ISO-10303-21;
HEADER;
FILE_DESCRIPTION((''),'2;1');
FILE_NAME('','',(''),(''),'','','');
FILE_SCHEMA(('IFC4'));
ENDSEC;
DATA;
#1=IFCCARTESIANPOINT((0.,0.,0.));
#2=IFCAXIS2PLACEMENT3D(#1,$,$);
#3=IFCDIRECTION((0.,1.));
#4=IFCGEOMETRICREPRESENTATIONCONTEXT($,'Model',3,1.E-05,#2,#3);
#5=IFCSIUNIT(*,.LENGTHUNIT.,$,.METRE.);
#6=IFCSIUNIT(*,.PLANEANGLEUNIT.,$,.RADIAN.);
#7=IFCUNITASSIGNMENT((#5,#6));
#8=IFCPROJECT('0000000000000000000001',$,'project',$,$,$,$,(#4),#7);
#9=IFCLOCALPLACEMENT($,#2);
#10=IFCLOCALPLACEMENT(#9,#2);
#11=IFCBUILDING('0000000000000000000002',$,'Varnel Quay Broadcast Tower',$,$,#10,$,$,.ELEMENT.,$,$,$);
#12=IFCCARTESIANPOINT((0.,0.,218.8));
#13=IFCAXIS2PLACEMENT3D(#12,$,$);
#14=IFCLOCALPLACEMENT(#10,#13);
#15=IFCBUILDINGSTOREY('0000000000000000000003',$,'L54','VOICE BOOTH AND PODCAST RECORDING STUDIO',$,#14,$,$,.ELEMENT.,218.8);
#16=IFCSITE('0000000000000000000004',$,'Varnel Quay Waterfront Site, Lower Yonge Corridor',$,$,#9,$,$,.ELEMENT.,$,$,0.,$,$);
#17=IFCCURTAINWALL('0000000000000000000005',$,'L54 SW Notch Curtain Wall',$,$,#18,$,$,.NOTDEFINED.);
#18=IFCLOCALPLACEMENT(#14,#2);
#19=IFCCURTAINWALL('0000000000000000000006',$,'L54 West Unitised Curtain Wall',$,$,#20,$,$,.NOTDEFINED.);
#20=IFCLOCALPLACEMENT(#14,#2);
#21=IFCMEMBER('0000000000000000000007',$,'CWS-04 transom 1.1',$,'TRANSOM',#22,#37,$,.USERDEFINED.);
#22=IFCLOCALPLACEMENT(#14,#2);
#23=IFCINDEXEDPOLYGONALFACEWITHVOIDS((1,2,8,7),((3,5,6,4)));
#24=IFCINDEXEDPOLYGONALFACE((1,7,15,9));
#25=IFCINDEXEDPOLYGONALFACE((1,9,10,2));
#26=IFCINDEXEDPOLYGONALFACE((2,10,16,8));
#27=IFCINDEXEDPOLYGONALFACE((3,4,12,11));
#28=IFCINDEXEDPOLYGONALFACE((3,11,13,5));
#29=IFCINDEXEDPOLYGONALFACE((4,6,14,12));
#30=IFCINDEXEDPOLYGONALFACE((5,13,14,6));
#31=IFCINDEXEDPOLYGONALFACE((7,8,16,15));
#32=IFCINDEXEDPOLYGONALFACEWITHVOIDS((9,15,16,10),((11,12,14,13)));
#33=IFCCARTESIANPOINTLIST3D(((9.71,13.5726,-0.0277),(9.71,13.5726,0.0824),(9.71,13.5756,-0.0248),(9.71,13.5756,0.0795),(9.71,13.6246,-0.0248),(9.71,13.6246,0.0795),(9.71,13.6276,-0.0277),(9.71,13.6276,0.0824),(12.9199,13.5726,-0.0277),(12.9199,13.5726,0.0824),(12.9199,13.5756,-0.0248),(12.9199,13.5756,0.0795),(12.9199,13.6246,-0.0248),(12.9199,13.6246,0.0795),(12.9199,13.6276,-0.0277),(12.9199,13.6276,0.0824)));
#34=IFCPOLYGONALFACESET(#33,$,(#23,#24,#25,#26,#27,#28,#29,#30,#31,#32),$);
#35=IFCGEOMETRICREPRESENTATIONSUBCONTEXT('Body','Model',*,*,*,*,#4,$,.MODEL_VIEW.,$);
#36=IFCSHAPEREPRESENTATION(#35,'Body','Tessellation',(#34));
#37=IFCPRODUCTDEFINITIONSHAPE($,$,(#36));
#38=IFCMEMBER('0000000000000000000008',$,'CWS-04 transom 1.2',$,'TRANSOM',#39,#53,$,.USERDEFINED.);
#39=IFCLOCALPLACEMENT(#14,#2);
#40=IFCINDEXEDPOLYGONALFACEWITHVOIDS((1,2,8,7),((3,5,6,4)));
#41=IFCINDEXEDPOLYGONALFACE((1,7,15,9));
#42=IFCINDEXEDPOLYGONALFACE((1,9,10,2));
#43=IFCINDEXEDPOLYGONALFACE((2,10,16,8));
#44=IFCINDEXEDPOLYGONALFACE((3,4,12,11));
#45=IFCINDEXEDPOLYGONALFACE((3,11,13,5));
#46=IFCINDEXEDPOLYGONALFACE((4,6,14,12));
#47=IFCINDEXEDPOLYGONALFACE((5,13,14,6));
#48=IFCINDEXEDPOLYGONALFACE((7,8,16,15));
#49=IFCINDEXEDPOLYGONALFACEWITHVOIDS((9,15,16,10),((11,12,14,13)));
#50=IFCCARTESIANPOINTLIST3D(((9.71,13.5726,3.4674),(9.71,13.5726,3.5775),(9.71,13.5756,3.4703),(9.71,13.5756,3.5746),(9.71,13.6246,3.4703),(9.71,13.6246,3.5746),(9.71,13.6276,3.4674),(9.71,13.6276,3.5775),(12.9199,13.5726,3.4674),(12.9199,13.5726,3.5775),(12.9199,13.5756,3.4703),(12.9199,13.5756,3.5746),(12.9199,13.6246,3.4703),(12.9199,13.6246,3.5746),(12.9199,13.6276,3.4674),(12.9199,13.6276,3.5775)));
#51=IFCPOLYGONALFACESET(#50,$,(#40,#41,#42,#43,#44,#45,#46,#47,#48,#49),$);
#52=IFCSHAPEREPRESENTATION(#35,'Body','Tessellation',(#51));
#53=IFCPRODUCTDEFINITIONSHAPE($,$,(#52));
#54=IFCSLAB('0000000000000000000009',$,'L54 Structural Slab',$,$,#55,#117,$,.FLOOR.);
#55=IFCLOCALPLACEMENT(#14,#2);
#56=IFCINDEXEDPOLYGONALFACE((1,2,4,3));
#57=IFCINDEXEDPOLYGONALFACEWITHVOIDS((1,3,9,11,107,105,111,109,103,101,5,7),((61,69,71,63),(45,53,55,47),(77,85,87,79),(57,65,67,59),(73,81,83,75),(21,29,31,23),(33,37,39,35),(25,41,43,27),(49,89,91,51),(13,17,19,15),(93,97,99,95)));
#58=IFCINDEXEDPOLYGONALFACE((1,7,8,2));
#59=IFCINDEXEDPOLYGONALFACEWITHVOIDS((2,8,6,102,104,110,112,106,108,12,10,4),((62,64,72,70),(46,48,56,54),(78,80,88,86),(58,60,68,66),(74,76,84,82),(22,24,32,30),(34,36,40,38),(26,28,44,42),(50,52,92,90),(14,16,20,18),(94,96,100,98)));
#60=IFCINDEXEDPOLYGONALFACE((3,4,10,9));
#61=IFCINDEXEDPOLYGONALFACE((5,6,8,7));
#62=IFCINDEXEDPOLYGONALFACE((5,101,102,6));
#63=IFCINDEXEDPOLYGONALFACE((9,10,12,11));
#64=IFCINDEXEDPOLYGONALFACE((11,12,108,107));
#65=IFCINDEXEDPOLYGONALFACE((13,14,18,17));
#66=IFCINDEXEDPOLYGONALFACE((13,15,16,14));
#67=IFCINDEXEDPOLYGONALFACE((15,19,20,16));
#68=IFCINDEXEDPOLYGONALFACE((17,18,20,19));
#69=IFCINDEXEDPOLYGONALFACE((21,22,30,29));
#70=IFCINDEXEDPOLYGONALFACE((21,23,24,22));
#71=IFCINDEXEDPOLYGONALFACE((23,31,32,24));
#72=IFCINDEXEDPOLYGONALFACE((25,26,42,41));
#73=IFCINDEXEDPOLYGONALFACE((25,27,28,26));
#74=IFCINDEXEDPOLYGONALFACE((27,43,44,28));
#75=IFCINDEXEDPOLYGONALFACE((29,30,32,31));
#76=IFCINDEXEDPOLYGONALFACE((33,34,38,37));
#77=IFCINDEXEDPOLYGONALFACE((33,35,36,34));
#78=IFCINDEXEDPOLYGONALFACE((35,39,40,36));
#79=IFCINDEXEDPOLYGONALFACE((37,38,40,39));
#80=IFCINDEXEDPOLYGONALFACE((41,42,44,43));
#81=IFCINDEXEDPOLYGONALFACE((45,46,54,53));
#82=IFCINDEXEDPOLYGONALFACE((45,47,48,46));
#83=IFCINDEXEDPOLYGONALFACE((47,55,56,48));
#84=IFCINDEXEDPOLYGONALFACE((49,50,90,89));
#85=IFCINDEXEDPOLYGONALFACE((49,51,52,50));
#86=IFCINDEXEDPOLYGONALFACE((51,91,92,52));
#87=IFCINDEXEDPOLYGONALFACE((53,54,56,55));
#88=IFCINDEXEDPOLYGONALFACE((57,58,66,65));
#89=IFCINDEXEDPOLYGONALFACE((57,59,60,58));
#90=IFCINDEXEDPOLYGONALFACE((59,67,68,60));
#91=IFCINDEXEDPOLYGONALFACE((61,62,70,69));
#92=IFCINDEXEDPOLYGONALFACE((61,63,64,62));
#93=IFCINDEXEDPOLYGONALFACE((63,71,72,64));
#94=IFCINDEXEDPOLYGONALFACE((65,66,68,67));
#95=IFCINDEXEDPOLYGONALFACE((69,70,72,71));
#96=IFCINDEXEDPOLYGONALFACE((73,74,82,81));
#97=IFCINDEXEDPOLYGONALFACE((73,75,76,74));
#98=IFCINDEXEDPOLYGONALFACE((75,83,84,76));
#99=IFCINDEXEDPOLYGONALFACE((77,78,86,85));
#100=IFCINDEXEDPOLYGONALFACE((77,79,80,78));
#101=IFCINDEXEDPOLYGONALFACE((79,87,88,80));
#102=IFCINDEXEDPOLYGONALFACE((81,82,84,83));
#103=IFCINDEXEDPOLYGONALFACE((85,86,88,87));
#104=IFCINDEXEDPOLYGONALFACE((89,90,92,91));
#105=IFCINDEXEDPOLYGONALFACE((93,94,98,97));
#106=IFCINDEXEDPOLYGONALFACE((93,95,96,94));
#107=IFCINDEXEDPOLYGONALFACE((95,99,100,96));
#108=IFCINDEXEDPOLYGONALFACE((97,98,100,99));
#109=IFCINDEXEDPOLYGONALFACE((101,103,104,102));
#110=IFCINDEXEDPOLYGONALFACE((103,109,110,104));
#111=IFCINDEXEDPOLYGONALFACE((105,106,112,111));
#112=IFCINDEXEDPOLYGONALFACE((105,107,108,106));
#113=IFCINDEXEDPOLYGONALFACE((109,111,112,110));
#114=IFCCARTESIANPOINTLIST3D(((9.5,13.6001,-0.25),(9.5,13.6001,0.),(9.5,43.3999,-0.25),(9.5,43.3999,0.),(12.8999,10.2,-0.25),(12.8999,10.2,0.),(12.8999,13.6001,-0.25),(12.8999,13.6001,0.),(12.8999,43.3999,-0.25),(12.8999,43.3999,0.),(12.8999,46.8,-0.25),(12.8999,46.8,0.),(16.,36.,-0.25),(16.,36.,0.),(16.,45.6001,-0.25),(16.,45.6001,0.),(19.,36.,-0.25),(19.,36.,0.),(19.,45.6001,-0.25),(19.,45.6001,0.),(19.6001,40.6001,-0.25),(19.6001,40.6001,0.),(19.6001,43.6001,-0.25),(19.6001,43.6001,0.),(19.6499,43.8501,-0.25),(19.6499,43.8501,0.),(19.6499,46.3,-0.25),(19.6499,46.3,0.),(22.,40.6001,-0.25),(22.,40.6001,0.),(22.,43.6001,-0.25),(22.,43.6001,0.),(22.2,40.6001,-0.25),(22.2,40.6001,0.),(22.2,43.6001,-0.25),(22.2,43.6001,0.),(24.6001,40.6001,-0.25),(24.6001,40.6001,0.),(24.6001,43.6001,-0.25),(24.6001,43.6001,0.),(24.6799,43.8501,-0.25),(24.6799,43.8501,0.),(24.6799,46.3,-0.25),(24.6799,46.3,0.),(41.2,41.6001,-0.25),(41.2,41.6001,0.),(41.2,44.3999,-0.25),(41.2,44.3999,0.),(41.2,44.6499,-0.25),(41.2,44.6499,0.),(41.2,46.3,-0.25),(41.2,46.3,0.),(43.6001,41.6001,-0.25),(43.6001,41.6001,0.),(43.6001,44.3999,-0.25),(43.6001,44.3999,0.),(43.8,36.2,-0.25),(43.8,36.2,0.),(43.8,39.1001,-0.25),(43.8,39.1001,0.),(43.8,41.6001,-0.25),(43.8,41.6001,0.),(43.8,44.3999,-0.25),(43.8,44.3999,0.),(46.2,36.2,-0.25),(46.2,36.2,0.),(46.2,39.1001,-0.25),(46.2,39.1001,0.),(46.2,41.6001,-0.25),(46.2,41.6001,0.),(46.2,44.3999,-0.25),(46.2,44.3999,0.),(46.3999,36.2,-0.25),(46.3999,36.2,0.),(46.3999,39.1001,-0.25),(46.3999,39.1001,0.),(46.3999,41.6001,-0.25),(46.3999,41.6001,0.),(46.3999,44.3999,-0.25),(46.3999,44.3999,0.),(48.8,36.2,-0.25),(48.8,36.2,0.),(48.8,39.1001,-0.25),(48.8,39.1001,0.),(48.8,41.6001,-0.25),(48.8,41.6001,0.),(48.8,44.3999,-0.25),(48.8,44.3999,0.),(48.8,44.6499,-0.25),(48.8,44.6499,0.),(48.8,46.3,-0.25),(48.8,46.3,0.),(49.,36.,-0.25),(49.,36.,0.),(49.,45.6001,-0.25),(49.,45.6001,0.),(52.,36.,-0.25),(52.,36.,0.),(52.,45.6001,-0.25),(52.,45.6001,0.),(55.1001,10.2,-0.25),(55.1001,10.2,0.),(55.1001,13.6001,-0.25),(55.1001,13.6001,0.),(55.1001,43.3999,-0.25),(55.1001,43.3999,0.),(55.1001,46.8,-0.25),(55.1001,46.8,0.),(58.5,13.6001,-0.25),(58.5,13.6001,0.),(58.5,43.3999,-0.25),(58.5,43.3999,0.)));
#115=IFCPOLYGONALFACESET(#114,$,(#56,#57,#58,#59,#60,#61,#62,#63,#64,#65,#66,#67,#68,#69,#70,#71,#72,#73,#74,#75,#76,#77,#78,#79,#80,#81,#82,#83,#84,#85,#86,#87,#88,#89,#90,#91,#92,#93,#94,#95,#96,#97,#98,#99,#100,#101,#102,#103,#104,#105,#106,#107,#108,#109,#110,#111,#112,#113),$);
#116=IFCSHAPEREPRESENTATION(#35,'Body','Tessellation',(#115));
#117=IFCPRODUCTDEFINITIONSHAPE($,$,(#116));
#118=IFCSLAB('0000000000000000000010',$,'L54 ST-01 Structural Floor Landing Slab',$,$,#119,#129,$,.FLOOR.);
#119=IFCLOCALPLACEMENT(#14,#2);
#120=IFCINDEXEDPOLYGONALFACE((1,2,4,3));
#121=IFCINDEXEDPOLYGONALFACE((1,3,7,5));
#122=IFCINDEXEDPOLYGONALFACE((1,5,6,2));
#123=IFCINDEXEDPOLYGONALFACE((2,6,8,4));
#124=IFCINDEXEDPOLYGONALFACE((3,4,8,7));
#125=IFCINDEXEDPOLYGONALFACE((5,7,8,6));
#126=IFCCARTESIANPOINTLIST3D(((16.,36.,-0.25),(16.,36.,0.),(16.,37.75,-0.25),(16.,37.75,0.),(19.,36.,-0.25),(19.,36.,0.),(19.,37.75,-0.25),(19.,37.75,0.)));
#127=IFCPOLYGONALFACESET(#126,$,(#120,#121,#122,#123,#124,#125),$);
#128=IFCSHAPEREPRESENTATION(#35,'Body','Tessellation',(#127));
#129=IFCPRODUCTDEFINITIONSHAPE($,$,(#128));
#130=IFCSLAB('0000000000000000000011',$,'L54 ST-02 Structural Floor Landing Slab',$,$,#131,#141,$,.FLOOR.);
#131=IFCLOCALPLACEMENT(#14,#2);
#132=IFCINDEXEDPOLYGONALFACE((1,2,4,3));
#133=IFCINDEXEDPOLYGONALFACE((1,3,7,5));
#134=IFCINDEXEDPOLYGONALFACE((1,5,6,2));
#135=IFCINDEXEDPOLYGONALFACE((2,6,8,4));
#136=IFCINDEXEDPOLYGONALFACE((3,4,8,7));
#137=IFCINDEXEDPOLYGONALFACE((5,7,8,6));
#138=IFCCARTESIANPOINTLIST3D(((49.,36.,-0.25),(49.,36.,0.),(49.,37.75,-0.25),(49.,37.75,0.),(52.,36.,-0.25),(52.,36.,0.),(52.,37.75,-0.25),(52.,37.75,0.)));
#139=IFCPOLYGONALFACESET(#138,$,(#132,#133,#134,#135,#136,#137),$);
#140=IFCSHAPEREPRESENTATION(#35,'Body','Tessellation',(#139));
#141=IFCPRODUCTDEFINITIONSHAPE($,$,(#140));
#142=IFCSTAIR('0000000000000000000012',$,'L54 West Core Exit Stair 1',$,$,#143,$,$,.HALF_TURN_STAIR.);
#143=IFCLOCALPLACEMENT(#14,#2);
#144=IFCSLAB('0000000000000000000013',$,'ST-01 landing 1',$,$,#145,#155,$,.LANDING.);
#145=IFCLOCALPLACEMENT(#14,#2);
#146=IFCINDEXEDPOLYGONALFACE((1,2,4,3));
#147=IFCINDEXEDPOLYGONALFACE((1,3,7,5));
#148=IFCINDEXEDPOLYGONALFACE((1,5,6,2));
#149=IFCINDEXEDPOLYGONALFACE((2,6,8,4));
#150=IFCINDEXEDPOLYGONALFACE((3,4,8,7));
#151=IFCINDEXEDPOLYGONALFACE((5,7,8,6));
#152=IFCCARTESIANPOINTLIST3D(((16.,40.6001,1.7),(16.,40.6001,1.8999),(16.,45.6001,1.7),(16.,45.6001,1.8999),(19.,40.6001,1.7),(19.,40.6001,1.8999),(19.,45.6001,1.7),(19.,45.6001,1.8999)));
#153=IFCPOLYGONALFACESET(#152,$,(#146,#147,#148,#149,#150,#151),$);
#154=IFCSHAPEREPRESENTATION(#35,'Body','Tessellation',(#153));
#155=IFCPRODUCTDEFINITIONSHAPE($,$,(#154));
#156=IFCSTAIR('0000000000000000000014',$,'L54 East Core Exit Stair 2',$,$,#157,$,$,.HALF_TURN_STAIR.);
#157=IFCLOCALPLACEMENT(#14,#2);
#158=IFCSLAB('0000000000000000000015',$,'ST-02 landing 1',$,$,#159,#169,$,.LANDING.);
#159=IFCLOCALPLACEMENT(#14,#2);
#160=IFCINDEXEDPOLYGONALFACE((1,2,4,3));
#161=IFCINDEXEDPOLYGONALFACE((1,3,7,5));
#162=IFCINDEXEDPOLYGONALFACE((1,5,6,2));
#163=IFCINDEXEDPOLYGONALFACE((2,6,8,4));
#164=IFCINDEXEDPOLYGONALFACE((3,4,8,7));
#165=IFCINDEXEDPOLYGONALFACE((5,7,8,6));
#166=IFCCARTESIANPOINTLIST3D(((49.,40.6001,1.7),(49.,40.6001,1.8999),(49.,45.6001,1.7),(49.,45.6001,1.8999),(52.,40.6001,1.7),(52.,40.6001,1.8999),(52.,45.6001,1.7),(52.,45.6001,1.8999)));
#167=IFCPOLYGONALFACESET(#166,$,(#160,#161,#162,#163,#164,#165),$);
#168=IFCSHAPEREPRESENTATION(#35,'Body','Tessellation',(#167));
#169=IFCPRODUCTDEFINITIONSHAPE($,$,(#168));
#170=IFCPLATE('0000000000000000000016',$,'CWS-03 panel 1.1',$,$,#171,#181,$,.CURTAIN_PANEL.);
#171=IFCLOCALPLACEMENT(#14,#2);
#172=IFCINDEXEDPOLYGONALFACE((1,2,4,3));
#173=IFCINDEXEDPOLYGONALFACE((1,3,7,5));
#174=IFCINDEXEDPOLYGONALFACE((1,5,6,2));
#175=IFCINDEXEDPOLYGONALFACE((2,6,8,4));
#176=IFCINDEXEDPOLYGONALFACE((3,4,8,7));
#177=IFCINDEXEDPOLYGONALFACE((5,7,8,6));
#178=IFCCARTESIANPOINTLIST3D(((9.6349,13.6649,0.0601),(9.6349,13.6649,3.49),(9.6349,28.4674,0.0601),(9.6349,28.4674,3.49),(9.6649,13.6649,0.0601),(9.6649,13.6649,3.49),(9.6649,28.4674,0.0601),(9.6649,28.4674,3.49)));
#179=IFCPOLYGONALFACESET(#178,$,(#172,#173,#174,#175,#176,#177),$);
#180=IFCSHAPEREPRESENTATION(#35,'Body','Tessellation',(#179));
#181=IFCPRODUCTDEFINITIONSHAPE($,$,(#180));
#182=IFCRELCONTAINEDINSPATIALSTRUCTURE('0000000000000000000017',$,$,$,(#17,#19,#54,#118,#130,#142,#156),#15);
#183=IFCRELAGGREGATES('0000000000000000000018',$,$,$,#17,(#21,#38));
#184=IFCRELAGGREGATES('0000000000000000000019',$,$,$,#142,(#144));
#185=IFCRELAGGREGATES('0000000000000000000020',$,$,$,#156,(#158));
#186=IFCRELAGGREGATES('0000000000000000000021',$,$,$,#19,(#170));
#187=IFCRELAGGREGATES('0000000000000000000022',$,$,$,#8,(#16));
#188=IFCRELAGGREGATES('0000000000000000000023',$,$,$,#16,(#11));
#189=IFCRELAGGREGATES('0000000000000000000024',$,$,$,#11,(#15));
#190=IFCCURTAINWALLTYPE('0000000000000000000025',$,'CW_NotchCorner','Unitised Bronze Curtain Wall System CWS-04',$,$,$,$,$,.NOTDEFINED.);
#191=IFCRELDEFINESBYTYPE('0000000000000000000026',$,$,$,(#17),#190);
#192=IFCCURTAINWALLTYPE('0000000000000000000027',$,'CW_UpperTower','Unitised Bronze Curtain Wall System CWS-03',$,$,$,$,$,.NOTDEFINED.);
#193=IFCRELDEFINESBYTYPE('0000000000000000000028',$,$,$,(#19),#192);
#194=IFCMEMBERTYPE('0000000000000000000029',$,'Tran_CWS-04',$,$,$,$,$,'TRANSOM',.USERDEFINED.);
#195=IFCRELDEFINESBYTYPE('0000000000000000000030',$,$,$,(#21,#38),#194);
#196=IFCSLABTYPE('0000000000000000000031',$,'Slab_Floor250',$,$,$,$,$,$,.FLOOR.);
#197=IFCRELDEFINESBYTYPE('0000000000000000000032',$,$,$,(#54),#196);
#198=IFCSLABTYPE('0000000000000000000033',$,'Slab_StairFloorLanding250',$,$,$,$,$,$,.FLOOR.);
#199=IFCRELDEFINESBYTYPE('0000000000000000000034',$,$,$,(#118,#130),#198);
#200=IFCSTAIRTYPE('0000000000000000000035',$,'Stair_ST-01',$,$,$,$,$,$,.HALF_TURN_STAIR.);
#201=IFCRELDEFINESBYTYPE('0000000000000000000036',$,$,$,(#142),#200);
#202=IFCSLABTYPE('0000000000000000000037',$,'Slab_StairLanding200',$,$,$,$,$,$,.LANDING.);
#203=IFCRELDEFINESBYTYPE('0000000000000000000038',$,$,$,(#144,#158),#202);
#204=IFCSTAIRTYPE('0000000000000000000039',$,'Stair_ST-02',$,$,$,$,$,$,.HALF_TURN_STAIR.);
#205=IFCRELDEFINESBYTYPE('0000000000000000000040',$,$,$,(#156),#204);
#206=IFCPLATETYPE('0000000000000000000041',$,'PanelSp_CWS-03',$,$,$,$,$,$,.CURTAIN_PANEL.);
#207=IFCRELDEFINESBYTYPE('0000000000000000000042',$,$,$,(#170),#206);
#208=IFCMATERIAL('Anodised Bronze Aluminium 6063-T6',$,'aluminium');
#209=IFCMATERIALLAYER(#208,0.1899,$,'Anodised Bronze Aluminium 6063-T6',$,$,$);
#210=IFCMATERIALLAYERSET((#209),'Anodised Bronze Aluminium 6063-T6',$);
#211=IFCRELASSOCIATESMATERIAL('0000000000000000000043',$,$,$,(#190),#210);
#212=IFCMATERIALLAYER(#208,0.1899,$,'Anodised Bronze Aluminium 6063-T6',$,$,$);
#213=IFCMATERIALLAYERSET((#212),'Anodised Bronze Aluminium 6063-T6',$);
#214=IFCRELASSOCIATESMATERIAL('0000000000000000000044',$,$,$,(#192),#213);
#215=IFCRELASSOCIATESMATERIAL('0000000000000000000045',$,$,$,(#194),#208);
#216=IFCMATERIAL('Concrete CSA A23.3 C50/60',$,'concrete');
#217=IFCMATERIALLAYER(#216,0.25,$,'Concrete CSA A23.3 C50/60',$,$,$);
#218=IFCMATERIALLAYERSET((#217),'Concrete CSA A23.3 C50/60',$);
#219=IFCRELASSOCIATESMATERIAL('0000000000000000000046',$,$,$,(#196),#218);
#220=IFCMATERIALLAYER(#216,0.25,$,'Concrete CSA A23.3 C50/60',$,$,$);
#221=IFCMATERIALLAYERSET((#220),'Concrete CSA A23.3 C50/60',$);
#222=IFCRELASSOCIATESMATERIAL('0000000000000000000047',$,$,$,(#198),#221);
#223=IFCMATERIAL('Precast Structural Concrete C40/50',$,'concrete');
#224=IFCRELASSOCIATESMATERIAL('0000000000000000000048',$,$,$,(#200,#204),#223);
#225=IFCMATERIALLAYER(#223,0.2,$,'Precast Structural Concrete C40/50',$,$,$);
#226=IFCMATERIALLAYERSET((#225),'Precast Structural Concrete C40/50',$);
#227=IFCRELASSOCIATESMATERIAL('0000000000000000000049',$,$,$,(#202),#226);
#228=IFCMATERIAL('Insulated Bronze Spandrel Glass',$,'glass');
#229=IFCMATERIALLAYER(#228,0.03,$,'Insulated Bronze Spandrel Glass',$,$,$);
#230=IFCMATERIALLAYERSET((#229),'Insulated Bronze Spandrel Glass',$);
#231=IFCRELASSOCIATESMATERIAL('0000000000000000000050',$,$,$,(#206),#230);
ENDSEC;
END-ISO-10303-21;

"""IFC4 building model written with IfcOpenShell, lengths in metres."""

from ifc_helpers import new_model, si_unit, direction, frame, origin, origin_2d, place, context, subcontext, project, spatial, polyline, rectangle, hollow_rectangle, outline, extrude, source, transform, mapped, material, layer, layer_set, material_profile, profile_set, type_object, type_shapes, element, aggregate, save


model = new_model("IFC4")

# Units and contexts
model_context = context("Model", 3, precision=1e-05, world=origin(), true_north=direction((0.0, 1.0)))
body_context = subcontext(model_context, "Body", "Model", "MODEL_VIEW")
ifc_project = project(units=[si_unit("LENGTHUNIT", "METRE"), si_unit("PLANEANGLEUNIT", "RADIAN")], contexts=[model_context])

# Site, building, storey
site_placement = place(None, origin())
site = spatial("IfcSite", under=ifc_project, at=site_placement, Name="Varnel Quay Waterfront Site, Lower Yonge Corridor", CompositionType="ELEMENT", RefElevation=0.0)
building_placement = place(site_placement, origin())
building = spatial("IfcBuilding", under=site, at=building_placement, Name="Varnel Quay Broadcast Tower", CompositionType="ELEMENT")
storey_placement = place(building_placement, frame((0.0, 0.0, 218.8)))
storey = spatial("IfcBuildingStorey", under=building, at=storey_placement, Name="L54", Description="VOICE BOOTH AND PODCAST RECORDING STUDIO", CompositionType="ELEMENT", Elevation=218.8)

# Curtain wall
ifc_material_1 = material(Name="Anodised Bronze Aluminium 6063-T6", Category="aluminium")
ifc_layer_1 = layer(ifc_material_1, 0.1899, Name="Anodised Bronze Aluminium 6063-T6")
ifc_layer_set_1 = layer_set([ifc_layer_1], Name="Anodised Bronze Aluminium 6063-T6")
curtain_wall_type_1 = type_object("IfcCurtainWallType", Name="CW_NotchCorner", Description="Unitised Bronze Curtain Wall System CWS-04", PredefinedType="NOTDEFINED", material=ifc_layer_set_1)
curtain_wall_1_placement = place(storey_placement, origin())
curtain_wall_1 = element("IfcCurtainWall", 1, at=curtain_wall_1_placement, inside=storey, type_object=curtain_wall_type_1, Name="L54 SW Notch Curtain Wall", PredefinedType="NOTDEFINED")

# Curtain wall
ifc_layer_2 = layer(ifc_material_1, 0.1899, Name="Anodised Bronze Aluminium 6063-T6")
ifc_layer_set_2 = layer_set([ifc_layer_2], Name="Anodised Bronze Aluminium 6063-T6")
curtain_wall_type_2 = type_object("IfcCurtainWallType", Name="CW_UpperTower", Description="Unitised Bronze Curtain Wall System CWS-03", PredefinedType="NOTDEFINED", material=ifc_layer_set_2)
curtain_wall_2_placement = place(storey_placement, origin())
curtain_wall_2 = element("IfcCurtainWall", 2, at=curtain_wall_2_placement, inside=storey, type_object=curtain_wall_type_2, Name="L54 West Unitised Curtain Wall", PredefinedType="NOTDEFINED")

# Members
ifc_material_profile_1 = material_profile(ifc_material_1, hollow_rectangle(XDim=0.0549, YDim=0.1101, WallThickness=0.0029, at=origin_2d()), Name="ALU55X110X3")
ifc_profile_set_1 = profile_set([ifc_material_profile_1], Name="Anodised Bronze Aluminium 6063-T6")
member_type_1 = type_object("IfcMemberType", Name="Tran_CWS-04", ElementType="TRANSOM", PredefinedType="USERDEFINED", material=ifc_profile_set_1)
shared_shape_1 = source(origin(), body_context, "Body", "SweptSolid", [
    extrude(hollow_rectangle(XDim=0.0549, YDim=0.1101, WallThickness=0.0029, at=origin_2d()), origin(), (0.0, 0.0, 1.0), 3.21),
])
type_shapes(member_type_1, [shared_shape_1])
member_1_placement = place(storey_placement, frame((9.71, 13.6001, 0.0273), z_axis=(1.0, 0.0, 0.0), x_axis=(0.0, 1.0, 0.0)))
member_1 = element("IfcMember", 3, at=member_1_placement, type_object=member_type_1, Name="CWS-04 transom 1.1", ObjectType="TRANSOM", PredefinedType="USERDEFINED", context=body_context, shape_type="MappedRepresentation", body=[
    mapped(shared_shape_1, transform((0.0, 0.0, 0.0), x_axis=(1.0, 0.0, 0.0), y_axis=(0.0, 1.0, 0.0), z_axis=(0.0, 0.0, 1.0), scale=1.0)),
])
member_2_placement = place(storey_placement, frame((9.71, 13.6001, 3.5225), z_axis=(1.0, 0.0, 0.0), x_axis=(0.0, 1.0, 0.0)))
member_2 = element("IfcMember", 4, at=member_2_placement, type_object=member_type_1, Name="CWS-04 transom 1.2", ObjectType="TRANSOM", PredefinedType="USERDEFINED", context=body_context, shape_type="MappedRepresentation", body=[
    mapped(shared_shape_1, transform((0.0, 0.0, 0.0), x_axis=(1.0, 0.0, 0.0), y_axis=(0.0, 1.0, 0.0), z_axis=(0.0, 0.0, 1.0), scale=1.0)),
])
aggregate(curtain_wall_1, [member_1, member_2])

# Slabs
ifc_material_2 = material(Name="Concrete CSA A23.3 C50/60", Category="concrete")
ifc_layer_3 = layer(ifc_material_2, 0.25, Name="Concrete CSA A23.3 C50/60")
ifc_layer_set_3 = layer_set([ifc_layer_3], Name="Concrete CSA A23.3 C50/60")
slab_type_1 = type_object("IfcSlabType", Name="Slab_Floor250", PredefinedType="FLOOR", material=ifc_layer_set_3)
slab_1_placement = place(storey_placement, frame((0.0, 0.0, -0.25)))
element("IfcSlab", 5, at=slab_1_placement, inside=storey, type_object=slab_type_1, Name="L54 Structural Slab", PredefinedType="FLOOR", context=body_context, shape_type="SweptSolid", body=[
    extrude(outline(polyline([(12.8999, 10.2), (55.1001, 10.2), (55.1001, 13.6001), (58.5, 13.6001), (58.5, 43.3999), (55.1001, 43.3999), (55.1001, 46.8), (12.8999, 46.8), (12.8999, 43.3999), (9.5, 43.3999), (9.5, 13.6001), (12.8999, 13.6001), (12.8999, 10.2)]), holes=[polyline([(19.0, 36.0), (16.0, 36.0), (16.0, 45.6001), (19.0, 45.6001), (19.0, 36.0)]), polyline([(19.6001, 40.6001), (19.6001, 43.6001), (22.0, 43.6001), (22.0, 40.6001), (19.6001, 40.6001)]), polyline([(22.2, 40.6001), (22.2, 43.6001), (24.6001, 43.6001), (24.6001, 40.6001), (22.2, 40.6001)]), polyline([(41.2, 44.3999), (43.6001, 44.3999), (43.6001, 41.6001), (41.2, 41.6001), (41.2, 44.3999)]), polyline([(43.8, 44.3999), (46.2, 44.3999), (46.2, 41.6001), (43.8, 41.6001), (43.8, 44.3999)]), polyline([(19.6499, 43.8501), (19.6499, 46.3), (24.6799, 46.3), (24.6799, 43.8501), (19.6499, 43.8501)]), polyline([(43.8, 39.1001), (46.2, 39.1001), (46.2, 36.2), (43.8, 36.2), (43.8, 39.1001)]), polyline([(46.3999, 39.1001), (48.8, 39.1001), (48.8, 36.2), (46.3999, 36.2), (46.3999, 39.1001)]), polyline([(52.0, 36.0), (49.0, 36.0), (49.0, 45.6001), (52.0, 45.6001), (52.0, 36.0)]), polyline([(46.3999, 44.3999), (48.8, 44.3999), (48.8, 41.6001), (46.3999, 41.6001), (46.3999, 44.3999)]), polyline([(41.2, 46.3), (48.8, 46.3), (48.8, 44.6499), (41.2, 44.6499), (41.2, 46.3)])]), origin(), (0.0, 0.0, 1.0), 0.25),
])
ifc_layer_4 = layer(ifc_material_2, 0.25, Name="Concrete CSA A23.3 C50/60")
ifc_layer_set_4 = layer_set([ifc_layer_4], Name="Concrete CSA A23.3 C50/60")
slab_type_2 = type_object("IfcSlabType", Name="Slab_StairFloorLanding250", PredefinedType="FLOOR", material=ifc_layer_set_4)
slab_2_placement = place(storey_placement, frame((0.0, 0.0, -0.25)))
element("IfcSlab", 6, at=slab_2_placement, inside=storey, type_object=slab_type_2, Name="L54 ST-01 Structural Floor Landing Slab", PredefinedType="FLOOR", context=body_context, shape_type="SweptSolid", body=[
    extrude(outline(polyline([(19.0, 36.0), (19.0, 37.75), (16.0, 37.75), (16.0, 36.0), (19.0, 36.0)])), origin(), (0.0, 0.0, 1.0), 0.25),
])
slab_3_placement = place(storey_placement, frame((0.0, 0.0, -0.25)))
element("IfcSlab", 7, at=slab_3_placement, inside=storey, type_object=slab_type_2, Name="L54 ST-02 Structural Floor Landing Slab", PredefinedType="FLOOR", context=body_context, shape_type="SweptSolid", body=[
    extrude(outline(polyline([(52.0, 36.0), (52.0, 37.75), (49.0, 37.75), (49.0, 36.0), (52.0, 36.0)])), origin(), (0.0, 0.0, 1.0), 0.25),
])

# Stairs, slabs
ifc_material_3 = material(Name="Precast Structural Concrete C40/50", Category="concrete")
stair_type_1 = type_object("IfcStairType", Name="Stair_ST-01", PredefinedType="HALF_TURN_STAIR", material=ifc_material_3)
stair_1_placement = place(storey_placement, origin())
stair_1 = element("IfcStair", 8, at=stair_1_placement, inside=storey, type_object=stair_type_1, Name="L54 West Core Exit Stair 1", PredefinedType="HALF_TURN_STAIR")
ifc_layer_5 = layer(ifc_material_3, 0.2, Name="Precast Structural Concrete C40/50")
ifc_layer_set_5 = layer_set([ifc_layer_5], Name="Precast Structural Concrete C40/50")
slab_type_3 = type_object("IfcSlabType", Name="Slab_StairLanding200", PredefinedType="LANDING", material=ifc_layer_set_5)
slab_4_placement = place(storey_placement, frame((0.0, 0.0, 1.7)))
slab_4 = element("IfcSlab", 9, at=slab_4_placement, type_object=slab_type_3, Name="ST-01 landing 1", PredefinedType="LANDING", context=body_context, shape_type="SweptSolid", body=[
    extrude(outline(polyline([(19.0, 40.6001), (19.0, 45.6001), (16.0, 45.6001), (16.0, 40.6001), (19.0, 40.6001)])), origin(), (0.0, 0.0, 1.0), 0.2),
])
aggregate(stair_1, [slab_4])
stair_type_2 = type_object("IfcStairType", Name="Stair_ST-02", PredefinedType="HALF_TURN_STAIR", material=ifc_material_3)
stair_2_placement = place(storey_placement, origin())
stair_2 = element("IfcStair", 10, at=stair_2_placement, inside=storey, type_object=stair_type_2, Name="L54 East Core Exit Stair 2", PredefinedType="HALF_TURN_STAIR")
slab_5_placement = place(storey_placement, frame((0.0, 0.0, 1.7)))
slab_5 = element("IfcSlab", 11, at=slab_5_placement, type_object=slab_type_3, Name="ST-02 landing 1", PredefinedType="LANDING", context=body_context, shape_type="SweptSolid", body=[
    extrude(outline(polyline([(52.0, 40.6001), (52.0, 45.6001), (49.0, 45.6001), (49.0, 40.6001), (52.0, 40.6001)])), origin(), (0.0, 0.0, 1.0), 0.2),
])
aggregate(stair_2, [slab_5])

# Plate
ifc_material_4 = material(Name="Insulated Bronze Spandrel Glass", Category="glass")
ifc_layer_6 = layer(ifc_material_4, 0.03, Name="Insulated Bronze Spandrel Glass")
ifc_layer_set_6 = layer_set([ifc_layer_6], Name="Insulated Bronze Spandrel Glass")
plate_type = type_object("IfcPlateType", Name="PanelSp_CWS-03", PredefinedType="CURTAIN_PANEL", material=ifc_layer_set_6)
shared_shape_2 = source(origin(), body_context, "Body", "SweptSolid", [
    extrude(rectangle(XDim=14.8025, YDim=0.03, at=origin_2d()), origin(), (0.0, 0.0, 1.0), 3.4299),
])
type_shapes(plate_type, [shared_shape_2])
plate_placement = place(storey_placement, frame((9.6499, 21.0662, 0.0601), z_axis=(0.0, 0.0, 1.0), x_axis=(0.0, 1.0, 0.0)))
plate = element("IfcPlate", 12, at=plate_placement, type_object=plate_type, Name="CWS-03 panel 1.1", PredefinedType="CURTAIN_PANEL", context=body_context, shape_type="MappedRepresentation", body=[
    mapped(shared_shape_2, transform((0.0, 0.0, 0.0), x_axis=(1.0, 0.0, 0.0), y_axis=(0.0, 1.0, 0.0), z_axis=(0.0, 0.0, 1.0), scale=1.0)),
])
aggregate(curtain_wall_2, [plate])

save(model, "model.ifc")
